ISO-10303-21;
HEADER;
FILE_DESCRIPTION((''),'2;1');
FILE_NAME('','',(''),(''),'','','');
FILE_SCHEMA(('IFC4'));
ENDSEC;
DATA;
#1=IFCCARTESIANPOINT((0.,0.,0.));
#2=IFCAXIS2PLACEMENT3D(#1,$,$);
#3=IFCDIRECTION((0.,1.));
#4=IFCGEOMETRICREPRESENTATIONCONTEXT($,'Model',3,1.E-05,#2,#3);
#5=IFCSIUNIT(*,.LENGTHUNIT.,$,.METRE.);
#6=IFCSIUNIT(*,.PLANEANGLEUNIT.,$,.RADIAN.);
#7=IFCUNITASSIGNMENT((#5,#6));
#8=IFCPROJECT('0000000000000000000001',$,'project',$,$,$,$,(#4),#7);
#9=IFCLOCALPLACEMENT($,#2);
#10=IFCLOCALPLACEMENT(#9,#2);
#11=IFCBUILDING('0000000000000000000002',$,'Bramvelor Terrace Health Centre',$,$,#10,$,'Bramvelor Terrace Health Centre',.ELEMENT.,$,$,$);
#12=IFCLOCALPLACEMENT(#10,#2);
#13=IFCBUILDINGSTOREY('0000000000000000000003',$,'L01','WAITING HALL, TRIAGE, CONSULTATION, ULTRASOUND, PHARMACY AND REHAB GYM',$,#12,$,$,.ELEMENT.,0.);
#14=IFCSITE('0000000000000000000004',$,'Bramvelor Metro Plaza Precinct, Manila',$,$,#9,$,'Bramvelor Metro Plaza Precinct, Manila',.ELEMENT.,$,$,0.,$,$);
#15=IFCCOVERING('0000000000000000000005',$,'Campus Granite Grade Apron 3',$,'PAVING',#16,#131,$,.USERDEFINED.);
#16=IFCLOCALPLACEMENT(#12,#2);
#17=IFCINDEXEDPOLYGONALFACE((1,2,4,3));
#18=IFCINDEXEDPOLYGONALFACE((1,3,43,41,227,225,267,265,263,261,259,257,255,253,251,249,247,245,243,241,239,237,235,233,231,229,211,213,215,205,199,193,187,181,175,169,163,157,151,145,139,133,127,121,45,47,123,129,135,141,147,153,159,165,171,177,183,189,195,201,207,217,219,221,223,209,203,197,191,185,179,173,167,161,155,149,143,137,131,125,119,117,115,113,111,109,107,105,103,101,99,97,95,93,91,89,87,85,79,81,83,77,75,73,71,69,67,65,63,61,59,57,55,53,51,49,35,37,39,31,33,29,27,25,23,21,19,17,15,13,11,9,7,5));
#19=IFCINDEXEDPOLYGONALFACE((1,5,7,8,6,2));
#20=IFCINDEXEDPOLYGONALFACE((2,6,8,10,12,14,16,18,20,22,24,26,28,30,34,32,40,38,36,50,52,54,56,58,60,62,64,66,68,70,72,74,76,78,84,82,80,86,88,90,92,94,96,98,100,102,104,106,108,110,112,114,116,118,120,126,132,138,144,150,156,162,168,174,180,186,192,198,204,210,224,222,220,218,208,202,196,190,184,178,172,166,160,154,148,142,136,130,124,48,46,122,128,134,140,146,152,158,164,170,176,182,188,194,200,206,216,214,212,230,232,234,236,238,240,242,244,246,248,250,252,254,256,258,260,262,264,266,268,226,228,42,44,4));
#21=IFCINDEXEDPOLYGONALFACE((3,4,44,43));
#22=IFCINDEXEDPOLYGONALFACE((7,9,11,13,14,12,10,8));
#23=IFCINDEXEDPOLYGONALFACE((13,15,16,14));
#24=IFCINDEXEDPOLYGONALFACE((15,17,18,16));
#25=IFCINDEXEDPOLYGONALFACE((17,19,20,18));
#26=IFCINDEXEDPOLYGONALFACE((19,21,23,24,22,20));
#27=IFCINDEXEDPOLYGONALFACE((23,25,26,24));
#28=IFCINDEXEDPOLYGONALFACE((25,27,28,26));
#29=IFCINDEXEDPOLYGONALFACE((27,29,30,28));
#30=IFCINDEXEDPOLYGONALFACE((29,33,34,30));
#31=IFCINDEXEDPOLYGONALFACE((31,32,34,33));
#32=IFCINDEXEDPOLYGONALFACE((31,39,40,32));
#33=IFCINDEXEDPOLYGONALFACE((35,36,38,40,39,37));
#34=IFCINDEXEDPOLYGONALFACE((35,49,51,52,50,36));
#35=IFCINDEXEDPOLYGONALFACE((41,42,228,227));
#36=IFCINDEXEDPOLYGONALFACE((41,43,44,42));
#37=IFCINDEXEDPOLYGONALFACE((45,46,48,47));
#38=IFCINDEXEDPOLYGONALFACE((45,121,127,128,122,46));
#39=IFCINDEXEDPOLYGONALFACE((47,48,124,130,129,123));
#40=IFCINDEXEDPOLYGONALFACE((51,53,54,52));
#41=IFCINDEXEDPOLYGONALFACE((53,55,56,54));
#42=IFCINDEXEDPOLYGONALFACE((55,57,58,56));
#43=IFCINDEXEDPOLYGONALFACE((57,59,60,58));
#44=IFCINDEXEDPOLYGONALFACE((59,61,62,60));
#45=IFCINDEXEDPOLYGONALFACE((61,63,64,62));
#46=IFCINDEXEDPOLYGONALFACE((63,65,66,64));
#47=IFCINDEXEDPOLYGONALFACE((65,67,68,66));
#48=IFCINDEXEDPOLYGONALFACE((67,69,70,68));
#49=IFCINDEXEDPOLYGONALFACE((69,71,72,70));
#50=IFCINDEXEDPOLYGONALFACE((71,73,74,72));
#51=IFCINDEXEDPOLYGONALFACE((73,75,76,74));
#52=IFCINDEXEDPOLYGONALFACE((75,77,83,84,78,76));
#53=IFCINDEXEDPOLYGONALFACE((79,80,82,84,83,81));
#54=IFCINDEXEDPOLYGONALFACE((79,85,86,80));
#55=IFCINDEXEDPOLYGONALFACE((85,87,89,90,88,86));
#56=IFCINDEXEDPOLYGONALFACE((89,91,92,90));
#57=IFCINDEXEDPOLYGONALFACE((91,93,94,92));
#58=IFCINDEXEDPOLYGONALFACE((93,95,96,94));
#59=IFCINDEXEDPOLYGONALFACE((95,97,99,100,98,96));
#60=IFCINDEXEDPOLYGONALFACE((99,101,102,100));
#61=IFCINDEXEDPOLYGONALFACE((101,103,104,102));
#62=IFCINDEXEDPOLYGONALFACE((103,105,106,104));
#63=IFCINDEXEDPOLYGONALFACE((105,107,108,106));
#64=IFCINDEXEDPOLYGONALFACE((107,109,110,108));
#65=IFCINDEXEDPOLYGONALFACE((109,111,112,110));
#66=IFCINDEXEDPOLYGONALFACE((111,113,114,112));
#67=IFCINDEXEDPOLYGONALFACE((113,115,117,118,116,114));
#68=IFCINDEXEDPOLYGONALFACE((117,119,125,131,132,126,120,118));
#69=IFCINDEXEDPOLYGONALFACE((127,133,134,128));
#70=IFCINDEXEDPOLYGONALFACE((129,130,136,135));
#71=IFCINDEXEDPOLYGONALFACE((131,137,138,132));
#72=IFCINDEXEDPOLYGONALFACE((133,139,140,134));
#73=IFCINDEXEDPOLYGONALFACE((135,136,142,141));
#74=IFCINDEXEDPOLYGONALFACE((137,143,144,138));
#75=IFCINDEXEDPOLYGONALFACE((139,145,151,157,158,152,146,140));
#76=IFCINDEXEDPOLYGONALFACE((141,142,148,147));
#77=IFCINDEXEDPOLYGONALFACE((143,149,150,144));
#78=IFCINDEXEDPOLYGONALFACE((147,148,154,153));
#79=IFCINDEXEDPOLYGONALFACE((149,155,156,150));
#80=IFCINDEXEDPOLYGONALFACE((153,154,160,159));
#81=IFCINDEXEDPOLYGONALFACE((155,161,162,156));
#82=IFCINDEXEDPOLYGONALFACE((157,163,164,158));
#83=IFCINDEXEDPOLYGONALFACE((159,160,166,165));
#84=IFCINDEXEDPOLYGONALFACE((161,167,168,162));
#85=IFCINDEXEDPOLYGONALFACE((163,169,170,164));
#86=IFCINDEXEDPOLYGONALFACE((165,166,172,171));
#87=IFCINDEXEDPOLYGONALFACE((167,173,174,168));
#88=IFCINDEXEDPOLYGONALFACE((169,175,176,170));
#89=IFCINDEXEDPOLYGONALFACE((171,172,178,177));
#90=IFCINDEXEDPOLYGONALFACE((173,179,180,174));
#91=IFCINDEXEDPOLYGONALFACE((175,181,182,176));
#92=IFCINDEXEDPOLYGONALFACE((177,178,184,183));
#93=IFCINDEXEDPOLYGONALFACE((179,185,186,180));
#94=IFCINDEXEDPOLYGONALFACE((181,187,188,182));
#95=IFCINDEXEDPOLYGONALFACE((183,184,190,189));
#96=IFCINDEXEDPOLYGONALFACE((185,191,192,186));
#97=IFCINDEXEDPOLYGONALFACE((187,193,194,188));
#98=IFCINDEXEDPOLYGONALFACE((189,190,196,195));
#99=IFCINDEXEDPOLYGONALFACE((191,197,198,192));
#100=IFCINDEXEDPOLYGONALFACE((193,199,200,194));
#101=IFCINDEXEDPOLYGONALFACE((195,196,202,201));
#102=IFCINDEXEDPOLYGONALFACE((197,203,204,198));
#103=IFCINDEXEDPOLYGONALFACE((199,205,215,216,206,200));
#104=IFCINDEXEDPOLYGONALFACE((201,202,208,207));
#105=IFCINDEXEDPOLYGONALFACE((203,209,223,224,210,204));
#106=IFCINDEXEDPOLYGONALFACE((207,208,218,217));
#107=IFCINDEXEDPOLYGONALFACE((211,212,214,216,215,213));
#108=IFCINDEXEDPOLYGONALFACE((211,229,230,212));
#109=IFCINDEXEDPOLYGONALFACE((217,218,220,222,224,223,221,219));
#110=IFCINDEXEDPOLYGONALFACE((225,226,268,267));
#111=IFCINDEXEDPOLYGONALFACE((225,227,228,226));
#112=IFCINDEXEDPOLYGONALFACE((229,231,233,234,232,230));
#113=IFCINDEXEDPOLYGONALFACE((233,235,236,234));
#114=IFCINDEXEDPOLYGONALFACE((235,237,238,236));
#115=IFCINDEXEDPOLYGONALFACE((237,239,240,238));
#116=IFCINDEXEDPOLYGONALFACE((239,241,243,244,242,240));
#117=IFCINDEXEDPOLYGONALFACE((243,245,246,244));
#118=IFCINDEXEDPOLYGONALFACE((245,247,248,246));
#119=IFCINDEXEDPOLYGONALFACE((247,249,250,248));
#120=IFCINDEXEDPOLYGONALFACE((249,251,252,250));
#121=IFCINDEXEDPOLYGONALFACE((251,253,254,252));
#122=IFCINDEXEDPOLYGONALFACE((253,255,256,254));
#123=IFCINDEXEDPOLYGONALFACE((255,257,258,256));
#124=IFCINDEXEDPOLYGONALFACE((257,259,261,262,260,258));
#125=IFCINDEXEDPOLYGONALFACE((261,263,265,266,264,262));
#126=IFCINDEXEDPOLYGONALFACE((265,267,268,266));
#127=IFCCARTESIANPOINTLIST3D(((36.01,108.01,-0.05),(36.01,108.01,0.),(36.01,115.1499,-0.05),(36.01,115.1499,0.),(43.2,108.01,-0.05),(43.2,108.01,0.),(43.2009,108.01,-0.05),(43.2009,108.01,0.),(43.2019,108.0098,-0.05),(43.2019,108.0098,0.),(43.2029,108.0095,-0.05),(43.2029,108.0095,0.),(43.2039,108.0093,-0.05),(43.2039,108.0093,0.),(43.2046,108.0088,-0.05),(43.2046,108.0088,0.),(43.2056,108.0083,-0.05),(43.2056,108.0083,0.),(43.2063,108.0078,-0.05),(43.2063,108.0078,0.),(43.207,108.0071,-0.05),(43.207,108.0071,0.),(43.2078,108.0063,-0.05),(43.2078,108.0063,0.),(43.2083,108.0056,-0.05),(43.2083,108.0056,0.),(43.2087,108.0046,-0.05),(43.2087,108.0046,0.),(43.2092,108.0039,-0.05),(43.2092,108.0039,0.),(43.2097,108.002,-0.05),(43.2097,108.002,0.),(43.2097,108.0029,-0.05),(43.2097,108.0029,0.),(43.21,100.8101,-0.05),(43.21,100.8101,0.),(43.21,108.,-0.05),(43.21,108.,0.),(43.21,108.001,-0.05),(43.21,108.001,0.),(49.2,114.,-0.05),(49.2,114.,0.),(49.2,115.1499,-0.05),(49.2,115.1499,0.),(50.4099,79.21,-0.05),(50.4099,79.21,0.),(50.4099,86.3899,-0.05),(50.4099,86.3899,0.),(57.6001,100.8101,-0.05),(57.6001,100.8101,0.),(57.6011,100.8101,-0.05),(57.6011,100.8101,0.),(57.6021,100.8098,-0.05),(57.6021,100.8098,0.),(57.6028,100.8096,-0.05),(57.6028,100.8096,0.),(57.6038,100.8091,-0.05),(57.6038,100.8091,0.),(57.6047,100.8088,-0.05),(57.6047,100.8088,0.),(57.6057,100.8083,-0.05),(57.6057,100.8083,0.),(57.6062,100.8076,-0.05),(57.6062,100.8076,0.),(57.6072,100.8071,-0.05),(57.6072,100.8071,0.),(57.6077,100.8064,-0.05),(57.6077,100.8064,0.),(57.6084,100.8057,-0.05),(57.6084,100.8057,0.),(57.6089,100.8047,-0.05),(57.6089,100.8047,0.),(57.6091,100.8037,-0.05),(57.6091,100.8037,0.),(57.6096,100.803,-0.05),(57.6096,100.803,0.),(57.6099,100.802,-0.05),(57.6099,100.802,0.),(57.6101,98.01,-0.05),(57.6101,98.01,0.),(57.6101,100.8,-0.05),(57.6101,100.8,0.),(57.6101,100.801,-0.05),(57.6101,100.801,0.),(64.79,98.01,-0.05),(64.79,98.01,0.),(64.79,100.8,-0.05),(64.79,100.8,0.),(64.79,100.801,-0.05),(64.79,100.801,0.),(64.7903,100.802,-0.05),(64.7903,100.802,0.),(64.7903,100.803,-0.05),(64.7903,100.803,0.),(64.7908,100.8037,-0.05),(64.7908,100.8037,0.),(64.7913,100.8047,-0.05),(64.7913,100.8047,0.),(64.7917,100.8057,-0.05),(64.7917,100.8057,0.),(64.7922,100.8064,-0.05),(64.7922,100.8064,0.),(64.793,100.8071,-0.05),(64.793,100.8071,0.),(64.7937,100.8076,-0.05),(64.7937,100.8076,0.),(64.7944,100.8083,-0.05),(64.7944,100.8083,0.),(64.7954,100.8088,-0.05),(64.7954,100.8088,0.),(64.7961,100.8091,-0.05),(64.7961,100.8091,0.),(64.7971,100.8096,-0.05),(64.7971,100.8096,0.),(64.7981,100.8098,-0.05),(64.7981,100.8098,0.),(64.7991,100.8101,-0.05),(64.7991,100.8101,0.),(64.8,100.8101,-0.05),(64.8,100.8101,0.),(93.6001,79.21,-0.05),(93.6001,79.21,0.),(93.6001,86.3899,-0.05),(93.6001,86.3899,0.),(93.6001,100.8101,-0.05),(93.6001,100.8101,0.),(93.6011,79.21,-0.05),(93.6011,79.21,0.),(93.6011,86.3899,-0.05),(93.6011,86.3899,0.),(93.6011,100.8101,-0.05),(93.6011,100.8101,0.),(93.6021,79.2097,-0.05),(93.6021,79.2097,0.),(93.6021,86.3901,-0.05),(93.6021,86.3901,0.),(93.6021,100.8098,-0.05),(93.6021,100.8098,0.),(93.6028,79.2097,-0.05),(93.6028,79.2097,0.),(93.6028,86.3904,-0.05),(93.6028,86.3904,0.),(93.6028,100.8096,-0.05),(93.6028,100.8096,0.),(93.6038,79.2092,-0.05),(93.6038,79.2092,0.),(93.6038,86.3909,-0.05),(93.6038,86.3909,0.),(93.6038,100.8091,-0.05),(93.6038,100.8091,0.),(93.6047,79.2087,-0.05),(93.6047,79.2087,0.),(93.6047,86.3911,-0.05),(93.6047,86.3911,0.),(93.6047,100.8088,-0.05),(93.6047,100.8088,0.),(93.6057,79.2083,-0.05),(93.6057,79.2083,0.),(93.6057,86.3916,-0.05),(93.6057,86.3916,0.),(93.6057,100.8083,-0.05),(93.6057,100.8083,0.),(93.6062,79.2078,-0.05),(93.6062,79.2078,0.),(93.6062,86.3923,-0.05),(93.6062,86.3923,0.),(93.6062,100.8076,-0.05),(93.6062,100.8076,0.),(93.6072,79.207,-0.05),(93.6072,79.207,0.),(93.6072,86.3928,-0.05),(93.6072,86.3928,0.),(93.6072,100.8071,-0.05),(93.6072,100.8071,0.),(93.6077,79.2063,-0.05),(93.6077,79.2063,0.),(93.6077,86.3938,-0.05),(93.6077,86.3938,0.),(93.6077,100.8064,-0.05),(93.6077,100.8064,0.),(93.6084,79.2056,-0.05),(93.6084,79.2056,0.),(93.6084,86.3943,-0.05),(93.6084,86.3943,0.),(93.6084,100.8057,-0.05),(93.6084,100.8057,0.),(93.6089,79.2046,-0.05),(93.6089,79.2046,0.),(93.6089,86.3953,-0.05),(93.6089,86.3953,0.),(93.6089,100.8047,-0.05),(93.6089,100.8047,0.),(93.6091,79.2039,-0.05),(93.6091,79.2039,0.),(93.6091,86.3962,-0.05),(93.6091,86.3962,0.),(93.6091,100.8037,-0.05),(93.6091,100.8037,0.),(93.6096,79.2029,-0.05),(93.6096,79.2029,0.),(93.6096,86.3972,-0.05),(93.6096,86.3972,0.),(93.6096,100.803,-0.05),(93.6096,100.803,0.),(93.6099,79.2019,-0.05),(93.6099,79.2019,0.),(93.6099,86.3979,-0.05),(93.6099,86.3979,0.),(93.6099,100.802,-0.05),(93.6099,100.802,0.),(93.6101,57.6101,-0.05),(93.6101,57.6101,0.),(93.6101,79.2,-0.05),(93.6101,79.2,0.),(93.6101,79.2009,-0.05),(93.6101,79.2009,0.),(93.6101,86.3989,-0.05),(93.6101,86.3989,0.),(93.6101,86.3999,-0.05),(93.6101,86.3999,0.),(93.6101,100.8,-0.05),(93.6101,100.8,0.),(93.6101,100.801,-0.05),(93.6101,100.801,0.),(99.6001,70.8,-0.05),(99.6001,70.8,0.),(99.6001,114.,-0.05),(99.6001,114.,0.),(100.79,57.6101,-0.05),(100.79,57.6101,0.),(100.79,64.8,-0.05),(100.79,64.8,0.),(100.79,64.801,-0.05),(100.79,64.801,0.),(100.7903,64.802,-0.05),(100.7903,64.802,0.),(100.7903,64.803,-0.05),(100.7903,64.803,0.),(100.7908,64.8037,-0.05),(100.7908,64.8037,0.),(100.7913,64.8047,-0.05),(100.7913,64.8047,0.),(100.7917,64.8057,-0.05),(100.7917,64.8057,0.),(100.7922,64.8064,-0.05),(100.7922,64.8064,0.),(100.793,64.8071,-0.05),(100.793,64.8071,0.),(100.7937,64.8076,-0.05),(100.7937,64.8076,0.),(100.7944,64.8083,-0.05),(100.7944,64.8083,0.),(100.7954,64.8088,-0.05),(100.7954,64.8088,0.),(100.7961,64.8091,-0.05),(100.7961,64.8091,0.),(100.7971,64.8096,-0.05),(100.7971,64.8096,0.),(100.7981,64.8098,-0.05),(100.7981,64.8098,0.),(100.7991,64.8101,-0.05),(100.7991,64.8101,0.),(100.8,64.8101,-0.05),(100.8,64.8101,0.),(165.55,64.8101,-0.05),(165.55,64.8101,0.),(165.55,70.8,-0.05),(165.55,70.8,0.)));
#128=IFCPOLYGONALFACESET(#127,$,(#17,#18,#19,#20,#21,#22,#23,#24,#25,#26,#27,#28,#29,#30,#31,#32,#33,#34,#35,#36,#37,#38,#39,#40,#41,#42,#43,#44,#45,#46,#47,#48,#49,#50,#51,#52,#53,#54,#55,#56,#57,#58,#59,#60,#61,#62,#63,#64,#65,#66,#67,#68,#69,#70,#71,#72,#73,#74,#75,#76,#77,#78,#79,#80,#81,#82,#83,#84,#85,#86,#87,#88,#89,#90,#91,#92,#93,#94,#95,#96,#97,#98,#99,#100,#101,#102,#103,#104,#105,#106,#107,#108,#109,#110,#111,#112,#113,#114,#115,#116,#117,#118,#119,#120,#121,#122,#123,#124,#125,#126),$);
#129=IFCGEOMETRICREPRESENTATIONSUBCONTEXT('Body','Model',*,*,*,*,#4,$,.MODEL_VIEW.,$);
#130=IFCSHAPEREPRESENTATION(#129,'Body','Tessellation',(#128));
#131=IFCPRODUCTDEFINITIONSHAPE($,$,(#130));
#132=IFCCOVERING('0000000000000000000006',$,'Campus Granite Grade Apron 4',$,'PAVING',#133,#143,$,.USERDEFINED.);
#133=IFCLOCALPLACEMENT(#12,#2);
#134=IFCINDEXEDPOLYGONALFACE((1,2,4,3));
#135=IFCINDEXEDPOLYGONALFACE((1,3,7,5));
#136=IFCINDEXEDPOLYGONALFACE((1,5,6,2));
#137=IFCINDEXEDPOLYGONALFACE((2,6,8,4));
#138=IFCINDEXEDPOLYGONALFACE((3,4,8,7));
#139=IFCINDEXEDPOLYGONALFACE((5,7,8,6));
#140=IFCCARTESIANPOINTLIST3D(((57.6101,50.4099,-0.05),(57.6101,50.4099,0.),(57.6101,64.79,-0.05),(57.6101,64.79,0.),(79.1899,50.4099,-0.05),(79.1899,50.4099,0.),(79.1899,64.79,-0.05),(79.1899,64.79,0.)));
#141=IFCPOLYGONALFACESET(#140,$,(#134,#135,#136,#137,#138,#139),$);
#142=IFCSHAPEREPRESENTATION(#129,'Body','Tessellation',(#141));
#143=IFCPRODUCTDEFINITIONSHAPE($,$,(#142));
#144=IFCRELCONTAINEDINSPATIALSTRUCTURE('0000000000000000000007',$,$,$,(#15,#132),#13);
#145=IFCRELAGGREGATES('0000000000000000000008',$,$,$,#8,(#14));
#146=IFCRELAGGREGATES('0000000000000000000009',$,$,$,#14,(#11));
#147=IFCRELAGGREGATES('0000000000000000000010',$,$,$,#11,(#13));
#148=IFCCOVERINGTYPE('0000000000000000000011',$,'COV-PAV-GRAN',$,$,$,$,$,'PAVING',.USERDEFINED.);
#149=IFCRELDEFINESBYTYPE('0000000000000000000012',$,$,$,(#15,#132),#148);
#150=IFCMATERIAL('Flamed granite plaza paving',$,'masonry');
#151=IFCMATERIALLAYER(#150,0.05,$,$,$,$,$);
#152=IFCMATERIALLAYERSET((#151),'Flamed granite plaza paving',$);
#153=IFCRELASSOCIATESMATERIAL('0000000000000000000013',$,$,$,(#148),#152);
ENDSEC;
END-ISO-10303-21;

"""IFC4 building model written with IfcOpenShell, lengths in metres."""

from ifc_helpers import new_model, si_unit, direction, frame, origin, place, context, subcontext, project, spatial, polyline, outline, extrude, material, layer, layer_set, type_object, element, save


model = new_model("IFC4")

# Units and contexts
model_context = context("Model", 3, precision=1e-05, world=origin(), true_north=direction((0.0, 1.0)))
body_context = subcontext(model_context, "Body", "Model", "MODEL_VIEW")
ifc_project = project(units=[si_unit("LENGTHUNIT", "METRE"), si_unit("PLANEANGLEUNIT", "RADIAN")], contexts=[model_context])

# Site, building, storey
site_placement = place(None, origin())
site = spatial("IfcSite", under=ifc_project, at=site_placement, Name="Bramvelor Metro Plaza Precinct, Manila", LongName="Bramvelor Metro Plaza Precinct, Manila", CompositionType="ELEMENT", RefElevation=0.0)
building_placement = place(site_placement, origin())
building = spatial("IfcBuilding", under=site, at=building_placement, Name="Bramvelor Terrace Health Centre", LongName="Bramvelor Terrace Health Centre", CompositionType="ELEMENT")
storey_placement = place(building_placement, origin())
storey = spatial("IfcBuildingStorey", under=building, at=storey_placement, Name="L01", Description="WAITING HALL, TRIAGE, CONSULTATION, ULTRASOUND, PHARMACY AND REHAB GYM", CompositionType="ELEMENT", Elevation=0.0)

# Coverings
ifc_material_1 = material(Name="Flamed granite plaza paving", Category="masonry")
ifc_layer_1 = layer(ifc_material_1, 0.05)
ifc_layer_set_1 = layer_set([ifc_layer_1], Name="Flamed granite plaza paving")
covering_type_1 = type_object("IfcCoveringType", Name="COV-PAV-GRAN", ElementType="PAVING", PredefinedType="USERDEFINED", material=ifc_layer_set_1)
covering_1_placement = place(storey_placement, frame((0.0, 0.0, -0.05)))
element("IfcCovering", 1, at=covering_1_placement, inside=storey, type_object=covering_type_1, Name="Campus Granite Grade Apron 3", ObjectType="PAVING", PredefinedType="USERDEFINED", context=body_context, shape_type="SweptSolid", body=[
    extrude(outline(polyline([(99.6001, 114.0), (99.6001, 70.8), (165.55, 70.8), (165.55, 64.8101), (100.8, 64.8101), (100.7991, 64.8101), (100.7981, 64.8098), (100.7971, 64.8096), (100.7961, 64.8091), (100.7954, 64.8088), (100.7944, 64.8083), (100.7937, 64.8076), (100.793, 64.8071), (100.7922, 64.8064), (100.7917, 64.8057), (100.7913, 64.8047), (100.7908, 64.8037), (100.7903, 64.803), (100.7903, 64.802), (100.79, 64.801), (100.79, 64.8), (100.79, 57.6101), (93.6101, 57.6101), (93.6101, 79.2), (93.6101, 79.2009), (93.6099, 79.2019), (93.6096, 79.2029), (93.6091, 79.2039), (93.6089, 79.2046), (93.6084, 79.2056), (93.6077, 79.2063), (93.6072, 79.207), (93.6062, 79.2078), (93.6057, 79.2083), (93.6047, 79.2087), (93.6038, 79.2092), (93.6028, 79.2097), (93.6021, 79.2097), (93.6011, 79.21), (93.6001, 79.21), (50.4099, 79.21), (50.4099, 86.3899), (93.6001, 86.3899), (93.6011, 86.3899), (93.6021, 86.3901), (93.6028, 86.3904), (93.6038, 86.3909), (93.6047, 86.3911), (93.6057, 86.3916), (93.6062, 86.3923), (93.6072, 86.3928), (93.6077, 86.3938), (93.6084, 86.3943), (93.6089, 86.3953), (93.6091, 86.3962), (93.6096, 86.3972), (93.6099, 86.3979), (93.6101, 86.3989), (93.6101, 86.3999), (93.6101, 100.8), (93.6101, 100.801), (93.6099, 100.802), (93.6096, 100.803), (93.6091, 100.8037), (93.6089, 100.8047), (93.6084, 100.8057), (93.6077, 100.8064), (93.6072, 100.8071), (93.6062, 100.8076), (93.6057, 100.8083), (93.6047, 100.8088), (93.6038, 100.8091), (93.6028, 100.8096), (93.6021, 100.8098), (93.6011, 100.8101), (93.6001, 100.8101), (64.8, 100.8101), (64.7991, 100.8101), (64.7981, 100.8098), (64.7971, 100.8096), (64.7961, 100.8091), (64.7954, 100.8088), (64.7944, 100.8083), (64.7937, 100.8076), (64.793, 100.8071), (64.7922, 100.8064), (64.7917, 100.8057), (64.7913, 100.8047), (64.7908, 100.8037), (64.7903, 100.803), (64.7903, 100.802), (64.79, 100.801), (64.79, 100.8), (64.79, 98.01), (57.6101, 98.01), (57.6101, 100.8), (57.6101, 100.801), (57.6099, 100.802), (57.6096, 100.803), (57.6091, 100.8037), (57.6089, 100.8047), (57.6084, 100.8057), (57.6077, 100.8064), (57.6072, 100.8071), (57.6062, 100.8076), (57.6057, 100.8083), (57.6047, 100.8088), (57.6038, 100.8091), (57.6028, 100.8096), (57.6021, 100.8098), (57.6011, 100.8101), (57.6001, 100.8101), (43.21, 100.8101), (43.21, 108.0), (43.21, 108.001), (43.2097, 108.002), (43.2097, 108.0029), (43.2092, 108.0039), (43.2087, 108.0046), (43.2083, 108.0056), (43.2078, 108.0063), (43.207, 108.0071), (43.2063, 108.0078), (43.2056, 108.0083), (43.2046, 108.0088), (43.2039, 108.0093), (43.2029, 108.0095), (43.2019, 108.0098), (43.2009, 108.01), (43.2, 108.01), (36.01, 108.01), (36.01, 115.1499), (49.2, 115.1499), (49.2, 114.0), (99.6001, 114.0)])), origin(), (0.0, 0.0, 1.0), 0.05),
])
covering_2_placement = place(storey_placement, frame((0.0, 0.0, -0.05)))
element("IfcCovering", 2, at=covering_2_placement, inside=storey, type_object=covering_type_1, Name="Campus Granite Grade Apron 4", ObjectType="PAVING", PredefinedType="USERDEFINED", context=body_context, shape_type="SweptSolid", body=[
    extrude(outline(polyline([(57.6101, 50.4099), (57.6101, 64.79), (79.1899, 64.79), (79.1899, 50.4099), (57.6101, 50.4099)])), origin(), (0.0, 0.0, 1.0), 0.05),
])

save(model, "model.ifc")
